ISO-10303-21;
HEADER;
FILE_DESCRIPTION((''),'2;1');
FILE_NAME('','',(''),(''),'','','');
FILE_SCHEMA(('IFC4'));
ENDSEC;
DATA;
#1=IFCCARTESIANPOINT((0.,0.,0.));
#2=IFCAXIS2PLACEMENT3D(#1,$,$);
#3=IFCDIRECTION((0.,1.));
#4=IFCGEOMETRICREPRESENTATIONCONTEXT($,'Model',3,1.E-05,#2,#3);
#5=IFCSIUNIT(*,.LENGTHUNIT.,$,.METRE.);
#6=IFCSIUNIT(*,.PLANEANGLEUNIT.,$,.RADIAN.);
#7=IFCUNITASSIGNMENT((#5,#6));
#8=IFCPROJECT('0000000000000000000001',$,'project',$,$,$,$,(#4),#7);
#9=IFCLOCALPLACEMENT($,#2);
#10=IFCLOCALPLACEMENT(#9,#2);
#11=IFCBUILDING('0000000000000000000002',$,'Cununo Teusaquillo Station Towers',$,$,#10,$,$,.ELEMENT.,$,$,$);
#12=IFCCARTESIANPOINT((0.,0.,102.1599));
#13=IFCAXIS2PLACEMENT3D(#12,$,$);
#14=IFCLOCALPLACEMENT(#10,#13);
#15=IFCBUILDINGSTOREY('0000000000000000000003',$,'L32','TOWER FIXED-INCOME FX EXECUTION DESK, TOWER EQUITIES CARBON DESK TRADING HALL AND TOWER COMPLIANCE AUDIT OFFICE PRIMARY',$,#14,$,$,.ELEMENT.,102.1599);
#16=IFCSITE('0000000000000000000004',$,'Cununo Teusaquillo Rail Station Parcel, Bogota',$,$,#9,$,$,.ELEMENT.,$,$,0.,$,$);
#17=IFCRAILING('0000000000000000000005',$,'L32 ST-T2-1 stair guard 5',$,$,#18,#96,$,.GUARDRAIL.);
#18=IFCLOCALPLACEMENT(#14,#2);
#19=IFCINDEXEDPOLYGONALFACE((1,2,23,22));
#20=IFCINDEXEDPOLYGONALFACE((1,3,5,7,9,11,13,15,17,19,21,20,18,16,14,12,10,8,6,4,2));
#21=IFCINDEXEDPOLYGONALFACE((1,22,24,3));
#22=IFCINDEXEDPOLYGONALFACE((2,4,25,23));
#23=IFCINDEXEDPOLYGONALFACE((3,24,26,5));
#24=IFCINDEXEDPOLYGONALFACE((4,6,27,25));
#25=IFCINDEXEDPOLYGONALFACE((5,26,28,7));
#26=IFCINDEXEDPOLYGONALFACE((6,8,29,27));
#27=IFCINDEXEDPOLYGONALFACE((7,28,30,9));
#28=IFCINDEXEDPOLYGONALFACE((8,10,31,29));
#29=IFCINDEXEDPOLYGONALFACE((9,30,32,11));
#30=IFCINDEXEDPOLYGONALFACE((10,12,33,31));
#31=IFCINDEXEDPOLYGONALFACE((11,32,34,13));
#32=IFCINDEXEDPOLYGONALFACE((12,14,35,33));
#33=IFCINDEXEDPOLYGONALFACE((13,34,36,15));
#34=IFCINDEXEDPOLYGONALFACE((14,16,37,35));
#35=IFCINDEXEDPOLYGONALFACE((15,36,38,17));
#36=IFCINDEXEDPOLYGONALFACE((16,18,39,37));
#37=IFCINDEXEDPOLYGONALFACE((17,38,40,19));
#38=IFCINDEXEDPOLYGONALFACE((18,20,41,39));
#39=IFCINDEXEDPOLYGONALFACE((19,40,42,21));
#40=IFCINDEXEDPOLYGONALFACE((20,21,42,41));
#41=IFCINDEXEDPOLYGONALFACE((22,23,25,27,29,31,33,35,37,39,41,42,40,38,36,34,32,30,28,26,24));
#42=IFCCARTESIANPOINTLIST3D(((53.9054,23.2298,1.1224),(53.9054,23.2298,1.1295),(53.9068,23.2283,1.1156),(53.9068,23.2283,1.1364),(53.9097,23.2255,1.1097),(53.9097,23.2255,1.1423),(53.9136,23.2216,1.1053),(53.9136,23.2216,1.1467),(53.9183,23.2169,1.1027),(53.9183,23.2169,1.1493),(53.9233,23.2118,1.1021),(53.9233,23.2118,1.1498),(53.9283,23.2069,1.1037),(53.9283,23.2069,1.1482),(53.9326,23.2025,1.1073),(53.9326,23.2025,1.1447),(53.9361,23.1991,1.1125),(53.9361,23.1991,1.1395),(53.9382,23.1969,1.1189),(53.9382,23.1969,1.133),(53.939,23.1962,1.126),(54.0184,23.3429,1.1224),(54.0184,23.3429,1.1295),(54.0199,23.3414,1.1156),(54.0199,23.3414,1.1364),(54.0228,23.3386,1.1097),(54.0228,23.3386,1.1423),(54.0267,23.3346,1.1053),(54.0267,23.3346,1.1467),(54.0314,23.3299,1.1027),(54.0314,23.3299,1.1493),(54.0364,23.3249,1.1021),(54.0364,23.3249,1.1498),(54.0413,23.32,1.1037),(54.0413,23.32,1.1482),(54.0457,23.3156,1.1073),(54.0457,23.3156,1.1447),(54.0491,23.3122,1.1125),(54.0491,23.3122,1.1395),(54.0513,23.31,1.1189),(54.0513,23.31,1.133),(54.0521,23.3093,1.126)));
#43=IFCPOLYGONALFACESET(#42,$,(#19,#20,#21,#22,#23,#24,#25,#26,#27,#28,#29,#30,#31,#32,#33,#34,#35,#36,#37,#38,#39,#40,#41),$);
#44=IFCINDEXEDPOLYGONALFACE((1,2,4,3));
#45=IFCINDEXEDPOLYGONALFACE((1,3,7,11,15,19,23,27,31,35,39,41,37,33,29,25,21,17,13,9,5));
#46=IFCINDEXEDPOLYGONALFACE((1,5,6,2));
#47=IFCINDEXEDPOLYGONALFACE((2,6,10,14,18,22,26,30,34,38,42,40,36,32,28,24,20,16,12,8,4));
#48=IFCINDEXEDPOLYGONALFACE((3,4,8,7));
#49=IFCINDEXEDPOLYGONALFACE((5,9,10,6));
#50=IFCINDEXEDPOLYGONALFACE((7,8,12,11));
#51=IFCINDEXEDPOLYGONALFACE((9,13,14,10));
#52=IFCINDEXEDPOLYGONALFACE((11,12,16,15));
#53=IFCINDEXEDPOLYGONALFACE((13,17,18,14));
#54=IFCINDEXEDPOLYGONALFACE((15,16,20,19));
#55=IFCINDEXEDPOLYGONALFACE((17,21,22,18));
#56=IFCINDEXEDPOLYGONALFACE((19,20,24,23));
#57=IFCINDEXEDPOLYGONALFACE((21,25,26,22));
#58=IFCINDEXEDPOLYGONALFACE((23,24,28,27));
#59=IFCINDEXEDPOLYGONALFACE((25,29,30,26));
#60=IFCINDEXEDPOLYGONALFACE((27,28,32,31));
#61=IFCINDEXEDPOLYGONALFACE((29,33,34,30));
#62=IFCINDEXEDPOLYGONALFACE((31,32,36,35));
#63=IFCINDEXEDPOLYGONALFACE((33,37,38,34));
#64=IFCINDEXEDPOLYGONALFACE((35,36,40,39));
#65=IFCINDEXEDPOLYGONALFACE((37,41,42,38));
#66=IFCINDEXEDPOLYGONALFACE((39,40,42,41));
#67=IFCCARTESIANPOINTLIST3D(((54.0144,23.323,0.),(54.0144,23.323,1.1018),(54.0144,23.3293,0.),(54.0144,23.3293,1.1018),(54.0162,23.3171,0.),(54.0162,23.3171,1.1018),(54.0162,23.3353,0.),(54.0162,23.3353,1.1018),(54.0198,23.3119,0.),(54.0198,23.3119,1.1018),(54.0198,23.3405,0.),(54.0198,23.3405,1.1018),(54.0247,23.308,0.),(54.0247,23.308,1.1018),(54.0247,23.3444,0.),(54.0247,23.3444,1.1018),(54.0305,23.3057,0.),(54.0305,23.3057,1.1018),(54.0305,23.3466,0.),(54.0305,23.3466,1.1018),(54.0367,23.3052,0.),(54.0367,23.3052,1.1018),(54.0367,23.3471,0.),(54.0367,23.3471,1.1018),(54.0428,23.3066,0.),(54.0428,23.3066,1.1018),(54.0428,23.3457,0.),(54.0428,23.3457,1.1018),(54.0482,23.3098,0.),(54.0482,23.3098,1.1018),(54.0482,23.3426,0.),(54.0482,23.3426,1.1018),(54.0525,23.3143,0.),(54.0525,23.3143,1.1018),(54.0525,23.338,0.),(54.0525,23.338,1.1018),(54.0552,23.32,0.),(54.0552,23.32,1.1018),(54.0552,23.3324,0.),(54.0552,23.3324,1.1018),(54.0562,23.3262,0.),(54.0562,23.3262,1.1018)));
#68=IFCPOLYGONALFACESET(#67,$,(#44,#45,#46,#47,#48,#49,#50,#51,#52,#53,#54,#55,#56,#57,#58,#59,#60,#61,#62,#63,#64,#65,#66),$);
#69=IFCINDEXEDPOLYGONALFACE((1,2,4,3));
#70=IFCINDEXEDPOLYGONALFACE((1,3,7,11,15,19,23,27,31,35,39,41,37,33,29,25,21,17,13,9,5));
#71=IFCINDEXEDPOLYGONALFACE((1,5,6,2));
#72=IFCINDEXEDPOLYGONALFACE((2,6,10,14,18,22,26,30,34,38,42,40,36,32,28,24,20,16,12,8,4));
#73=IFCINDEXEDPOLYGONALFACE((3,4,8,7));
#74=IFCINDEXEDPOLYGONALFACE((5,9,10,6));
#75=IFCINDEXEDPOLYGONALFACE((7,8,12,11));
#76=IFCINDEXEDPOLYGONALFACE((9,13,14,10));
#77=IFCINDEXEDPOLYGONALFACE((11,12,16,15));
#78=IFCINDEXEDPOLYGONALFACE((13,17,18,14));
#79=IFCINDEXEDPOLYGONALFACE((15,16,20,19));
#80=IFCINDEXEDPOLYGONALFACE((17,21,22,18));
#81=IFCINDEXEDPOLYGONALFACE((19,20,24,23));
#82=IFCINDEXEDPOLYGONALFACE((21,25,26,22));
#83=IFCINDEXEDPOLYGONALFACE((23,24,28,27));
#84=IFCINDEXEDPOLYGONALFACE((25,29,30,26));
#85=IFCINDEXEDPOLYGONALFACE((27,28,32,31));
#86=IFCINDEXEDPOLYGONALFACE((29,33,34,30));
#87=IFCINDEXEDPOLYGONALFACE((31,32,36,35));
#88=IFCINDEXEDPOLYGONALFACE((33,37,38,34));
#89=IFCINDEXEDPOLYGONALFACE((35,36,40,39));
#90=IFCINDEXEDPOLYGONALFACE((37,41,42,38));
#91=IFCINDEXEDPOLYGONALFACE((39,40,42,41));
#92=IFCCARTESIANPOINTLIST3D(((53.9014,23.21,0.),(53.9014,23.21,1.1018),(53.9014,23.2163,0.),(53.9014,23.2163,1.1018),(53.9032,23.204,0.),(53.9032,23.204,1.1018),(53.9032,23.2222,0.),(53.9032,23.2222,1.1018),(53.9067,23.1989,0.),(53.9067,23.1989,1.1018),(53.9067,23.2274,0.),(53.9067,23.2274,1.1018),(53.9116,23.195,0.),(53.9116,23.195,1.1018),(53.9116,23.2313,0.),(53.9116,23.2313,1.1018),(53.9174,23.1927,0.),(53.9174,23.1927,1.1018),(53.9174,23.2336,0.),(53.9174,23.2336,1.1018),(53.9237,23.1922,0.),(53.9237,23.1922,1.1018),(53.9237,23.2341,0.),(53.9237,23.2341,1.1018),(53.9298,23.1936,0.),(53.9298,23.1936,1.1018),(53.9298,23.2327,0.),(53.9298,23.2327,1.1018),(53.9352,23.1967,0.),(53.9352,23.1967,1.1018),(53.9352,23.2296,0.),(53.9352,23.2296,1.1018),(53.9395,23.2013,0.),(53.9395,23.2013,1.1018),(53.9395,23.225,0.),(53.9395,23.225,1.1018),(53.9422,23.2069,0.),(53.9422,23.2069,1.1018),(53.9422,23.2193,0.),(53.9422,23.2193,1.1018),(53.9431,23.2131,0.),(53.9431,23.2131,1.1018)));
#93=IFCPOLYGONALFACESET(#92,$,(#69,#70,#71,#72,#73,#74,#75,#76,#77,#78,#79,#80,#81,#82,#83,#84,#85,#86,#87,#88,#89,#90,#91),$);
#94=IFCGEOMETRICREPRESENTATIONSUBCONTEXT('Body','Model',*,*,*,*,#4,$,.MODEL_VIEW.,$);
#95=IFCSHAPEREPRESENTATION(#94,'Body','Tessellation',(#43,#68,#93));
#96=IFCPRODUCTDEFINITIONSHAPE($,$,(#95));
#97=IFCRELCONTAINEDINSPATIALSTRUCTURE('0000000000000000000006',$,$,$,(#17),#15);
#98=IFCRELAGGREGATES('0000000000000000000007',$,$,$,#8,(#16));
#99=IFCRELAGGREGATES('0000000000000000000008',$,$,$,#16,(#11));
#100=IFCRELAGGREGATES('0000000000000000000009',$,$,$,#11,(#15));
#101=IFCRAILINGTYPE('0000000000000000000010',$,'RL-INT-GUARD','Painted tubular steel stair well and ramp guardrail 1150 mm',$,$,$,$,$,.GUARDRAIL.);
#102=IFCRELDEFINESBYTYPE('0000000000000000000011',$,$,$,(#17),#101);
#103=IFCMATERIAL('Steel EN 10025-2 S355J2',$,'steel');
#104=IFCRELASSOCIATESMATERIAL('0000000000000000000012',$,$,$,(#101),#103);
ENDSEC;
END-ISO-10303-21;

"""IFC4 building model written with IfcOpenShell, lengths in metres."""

from ifc_helpers import new_model, si_unit, direction, frame, origin, origin_2d, place, context, subcontext, project, spatial, circle, extrude, material, type_object, element, save


model = new_model("IFC4")

# Units and contexts
model_context = context("Model", 3, precision=1e-05, world=origin(), true_north=direction((0.0, 1.0)))
body_context = subcontext(model_context, "Body", "Model", "MODEL_VIEW")
ifc_project = project(units=[si_unit("LENGTHUNIT", "METRE"), si_unit("PLANEANGLEUNIT", "RADIAN")], contexts=[model_context])

# Site, building, storey
site_placement = place(None, origin())
site = spatial("IfcSite", under=ifc_project, at=site_placement, Name="Cununo Teusaquillo Rail Station Parcel, Bogota", CompositionType="ELEMENT", RefElevation=0.0)
building_placement = place(site_placement, origin())
building = spatial("IfcBuilding", under=site, at=building_placement, Name="Cununo Teusaquillo Station Towers", CompositionType="ELEMENT")
storey_placement = place(building_placement, frame((0.0, 0.0, 102.1599)))
storey = spatial("IfcBuildingStorey", under=building, at=storey_placement, Name="L32", Description="TOWER FIXED-INCOME FX EXECUTION DESK, TOWER EQUITIES CARBON DESK TRADING HALL AND TOWER COMPLIANCE AUDIT OFFICE PRIMARY", CompositionType="ELEMENT", Elevation=102.1599)

# Railing
ifc_material_1 = material(Name="Steel EN 10025-2 S355J2", Category="steel")
railing_type_1 = type_object("IfcRailingType", Name="RL-INT-GUARD", Description="Painted tubular steel stair well and ramp guardrail 1150 mm", PredefinedType="GUARDRAIL", material=ifc_material_1)
railing_1_placement = place(storey_placement, frame((54.0352, 23.3262, 0.0)))
element("IfcRailing", 1, at=railing_1_placement, inside=storey, type_object=railing_type_1, Name="L32 ST-T2-1 stair guard 5", PredefinedType="GUARDRAIL", context=body_context, shape_type="SweptSolid", body=[
    extrude(circle(Radius=0.0239, at=origin_2d()), frame((0.0, 0.0, 1.126), z_axis=(-0.707107, -0.707107, 0.0), x_axis=(0.707107, -0.707107, 0.0)), (0.0, 0.0, 1.0), 0.1599),
    extrude(circle(Radius=0.021, at=origin_2d()), origin(), (0.0, 0.0, 1.0), 1.1018),
    extrude(circle(Radius=0.021, at=origin_2d()), frame((-0.113, -0.113, 0.0)), (0.0, 0.0, 1.0), 1.1018),
])

save(model, "model.ifc")
